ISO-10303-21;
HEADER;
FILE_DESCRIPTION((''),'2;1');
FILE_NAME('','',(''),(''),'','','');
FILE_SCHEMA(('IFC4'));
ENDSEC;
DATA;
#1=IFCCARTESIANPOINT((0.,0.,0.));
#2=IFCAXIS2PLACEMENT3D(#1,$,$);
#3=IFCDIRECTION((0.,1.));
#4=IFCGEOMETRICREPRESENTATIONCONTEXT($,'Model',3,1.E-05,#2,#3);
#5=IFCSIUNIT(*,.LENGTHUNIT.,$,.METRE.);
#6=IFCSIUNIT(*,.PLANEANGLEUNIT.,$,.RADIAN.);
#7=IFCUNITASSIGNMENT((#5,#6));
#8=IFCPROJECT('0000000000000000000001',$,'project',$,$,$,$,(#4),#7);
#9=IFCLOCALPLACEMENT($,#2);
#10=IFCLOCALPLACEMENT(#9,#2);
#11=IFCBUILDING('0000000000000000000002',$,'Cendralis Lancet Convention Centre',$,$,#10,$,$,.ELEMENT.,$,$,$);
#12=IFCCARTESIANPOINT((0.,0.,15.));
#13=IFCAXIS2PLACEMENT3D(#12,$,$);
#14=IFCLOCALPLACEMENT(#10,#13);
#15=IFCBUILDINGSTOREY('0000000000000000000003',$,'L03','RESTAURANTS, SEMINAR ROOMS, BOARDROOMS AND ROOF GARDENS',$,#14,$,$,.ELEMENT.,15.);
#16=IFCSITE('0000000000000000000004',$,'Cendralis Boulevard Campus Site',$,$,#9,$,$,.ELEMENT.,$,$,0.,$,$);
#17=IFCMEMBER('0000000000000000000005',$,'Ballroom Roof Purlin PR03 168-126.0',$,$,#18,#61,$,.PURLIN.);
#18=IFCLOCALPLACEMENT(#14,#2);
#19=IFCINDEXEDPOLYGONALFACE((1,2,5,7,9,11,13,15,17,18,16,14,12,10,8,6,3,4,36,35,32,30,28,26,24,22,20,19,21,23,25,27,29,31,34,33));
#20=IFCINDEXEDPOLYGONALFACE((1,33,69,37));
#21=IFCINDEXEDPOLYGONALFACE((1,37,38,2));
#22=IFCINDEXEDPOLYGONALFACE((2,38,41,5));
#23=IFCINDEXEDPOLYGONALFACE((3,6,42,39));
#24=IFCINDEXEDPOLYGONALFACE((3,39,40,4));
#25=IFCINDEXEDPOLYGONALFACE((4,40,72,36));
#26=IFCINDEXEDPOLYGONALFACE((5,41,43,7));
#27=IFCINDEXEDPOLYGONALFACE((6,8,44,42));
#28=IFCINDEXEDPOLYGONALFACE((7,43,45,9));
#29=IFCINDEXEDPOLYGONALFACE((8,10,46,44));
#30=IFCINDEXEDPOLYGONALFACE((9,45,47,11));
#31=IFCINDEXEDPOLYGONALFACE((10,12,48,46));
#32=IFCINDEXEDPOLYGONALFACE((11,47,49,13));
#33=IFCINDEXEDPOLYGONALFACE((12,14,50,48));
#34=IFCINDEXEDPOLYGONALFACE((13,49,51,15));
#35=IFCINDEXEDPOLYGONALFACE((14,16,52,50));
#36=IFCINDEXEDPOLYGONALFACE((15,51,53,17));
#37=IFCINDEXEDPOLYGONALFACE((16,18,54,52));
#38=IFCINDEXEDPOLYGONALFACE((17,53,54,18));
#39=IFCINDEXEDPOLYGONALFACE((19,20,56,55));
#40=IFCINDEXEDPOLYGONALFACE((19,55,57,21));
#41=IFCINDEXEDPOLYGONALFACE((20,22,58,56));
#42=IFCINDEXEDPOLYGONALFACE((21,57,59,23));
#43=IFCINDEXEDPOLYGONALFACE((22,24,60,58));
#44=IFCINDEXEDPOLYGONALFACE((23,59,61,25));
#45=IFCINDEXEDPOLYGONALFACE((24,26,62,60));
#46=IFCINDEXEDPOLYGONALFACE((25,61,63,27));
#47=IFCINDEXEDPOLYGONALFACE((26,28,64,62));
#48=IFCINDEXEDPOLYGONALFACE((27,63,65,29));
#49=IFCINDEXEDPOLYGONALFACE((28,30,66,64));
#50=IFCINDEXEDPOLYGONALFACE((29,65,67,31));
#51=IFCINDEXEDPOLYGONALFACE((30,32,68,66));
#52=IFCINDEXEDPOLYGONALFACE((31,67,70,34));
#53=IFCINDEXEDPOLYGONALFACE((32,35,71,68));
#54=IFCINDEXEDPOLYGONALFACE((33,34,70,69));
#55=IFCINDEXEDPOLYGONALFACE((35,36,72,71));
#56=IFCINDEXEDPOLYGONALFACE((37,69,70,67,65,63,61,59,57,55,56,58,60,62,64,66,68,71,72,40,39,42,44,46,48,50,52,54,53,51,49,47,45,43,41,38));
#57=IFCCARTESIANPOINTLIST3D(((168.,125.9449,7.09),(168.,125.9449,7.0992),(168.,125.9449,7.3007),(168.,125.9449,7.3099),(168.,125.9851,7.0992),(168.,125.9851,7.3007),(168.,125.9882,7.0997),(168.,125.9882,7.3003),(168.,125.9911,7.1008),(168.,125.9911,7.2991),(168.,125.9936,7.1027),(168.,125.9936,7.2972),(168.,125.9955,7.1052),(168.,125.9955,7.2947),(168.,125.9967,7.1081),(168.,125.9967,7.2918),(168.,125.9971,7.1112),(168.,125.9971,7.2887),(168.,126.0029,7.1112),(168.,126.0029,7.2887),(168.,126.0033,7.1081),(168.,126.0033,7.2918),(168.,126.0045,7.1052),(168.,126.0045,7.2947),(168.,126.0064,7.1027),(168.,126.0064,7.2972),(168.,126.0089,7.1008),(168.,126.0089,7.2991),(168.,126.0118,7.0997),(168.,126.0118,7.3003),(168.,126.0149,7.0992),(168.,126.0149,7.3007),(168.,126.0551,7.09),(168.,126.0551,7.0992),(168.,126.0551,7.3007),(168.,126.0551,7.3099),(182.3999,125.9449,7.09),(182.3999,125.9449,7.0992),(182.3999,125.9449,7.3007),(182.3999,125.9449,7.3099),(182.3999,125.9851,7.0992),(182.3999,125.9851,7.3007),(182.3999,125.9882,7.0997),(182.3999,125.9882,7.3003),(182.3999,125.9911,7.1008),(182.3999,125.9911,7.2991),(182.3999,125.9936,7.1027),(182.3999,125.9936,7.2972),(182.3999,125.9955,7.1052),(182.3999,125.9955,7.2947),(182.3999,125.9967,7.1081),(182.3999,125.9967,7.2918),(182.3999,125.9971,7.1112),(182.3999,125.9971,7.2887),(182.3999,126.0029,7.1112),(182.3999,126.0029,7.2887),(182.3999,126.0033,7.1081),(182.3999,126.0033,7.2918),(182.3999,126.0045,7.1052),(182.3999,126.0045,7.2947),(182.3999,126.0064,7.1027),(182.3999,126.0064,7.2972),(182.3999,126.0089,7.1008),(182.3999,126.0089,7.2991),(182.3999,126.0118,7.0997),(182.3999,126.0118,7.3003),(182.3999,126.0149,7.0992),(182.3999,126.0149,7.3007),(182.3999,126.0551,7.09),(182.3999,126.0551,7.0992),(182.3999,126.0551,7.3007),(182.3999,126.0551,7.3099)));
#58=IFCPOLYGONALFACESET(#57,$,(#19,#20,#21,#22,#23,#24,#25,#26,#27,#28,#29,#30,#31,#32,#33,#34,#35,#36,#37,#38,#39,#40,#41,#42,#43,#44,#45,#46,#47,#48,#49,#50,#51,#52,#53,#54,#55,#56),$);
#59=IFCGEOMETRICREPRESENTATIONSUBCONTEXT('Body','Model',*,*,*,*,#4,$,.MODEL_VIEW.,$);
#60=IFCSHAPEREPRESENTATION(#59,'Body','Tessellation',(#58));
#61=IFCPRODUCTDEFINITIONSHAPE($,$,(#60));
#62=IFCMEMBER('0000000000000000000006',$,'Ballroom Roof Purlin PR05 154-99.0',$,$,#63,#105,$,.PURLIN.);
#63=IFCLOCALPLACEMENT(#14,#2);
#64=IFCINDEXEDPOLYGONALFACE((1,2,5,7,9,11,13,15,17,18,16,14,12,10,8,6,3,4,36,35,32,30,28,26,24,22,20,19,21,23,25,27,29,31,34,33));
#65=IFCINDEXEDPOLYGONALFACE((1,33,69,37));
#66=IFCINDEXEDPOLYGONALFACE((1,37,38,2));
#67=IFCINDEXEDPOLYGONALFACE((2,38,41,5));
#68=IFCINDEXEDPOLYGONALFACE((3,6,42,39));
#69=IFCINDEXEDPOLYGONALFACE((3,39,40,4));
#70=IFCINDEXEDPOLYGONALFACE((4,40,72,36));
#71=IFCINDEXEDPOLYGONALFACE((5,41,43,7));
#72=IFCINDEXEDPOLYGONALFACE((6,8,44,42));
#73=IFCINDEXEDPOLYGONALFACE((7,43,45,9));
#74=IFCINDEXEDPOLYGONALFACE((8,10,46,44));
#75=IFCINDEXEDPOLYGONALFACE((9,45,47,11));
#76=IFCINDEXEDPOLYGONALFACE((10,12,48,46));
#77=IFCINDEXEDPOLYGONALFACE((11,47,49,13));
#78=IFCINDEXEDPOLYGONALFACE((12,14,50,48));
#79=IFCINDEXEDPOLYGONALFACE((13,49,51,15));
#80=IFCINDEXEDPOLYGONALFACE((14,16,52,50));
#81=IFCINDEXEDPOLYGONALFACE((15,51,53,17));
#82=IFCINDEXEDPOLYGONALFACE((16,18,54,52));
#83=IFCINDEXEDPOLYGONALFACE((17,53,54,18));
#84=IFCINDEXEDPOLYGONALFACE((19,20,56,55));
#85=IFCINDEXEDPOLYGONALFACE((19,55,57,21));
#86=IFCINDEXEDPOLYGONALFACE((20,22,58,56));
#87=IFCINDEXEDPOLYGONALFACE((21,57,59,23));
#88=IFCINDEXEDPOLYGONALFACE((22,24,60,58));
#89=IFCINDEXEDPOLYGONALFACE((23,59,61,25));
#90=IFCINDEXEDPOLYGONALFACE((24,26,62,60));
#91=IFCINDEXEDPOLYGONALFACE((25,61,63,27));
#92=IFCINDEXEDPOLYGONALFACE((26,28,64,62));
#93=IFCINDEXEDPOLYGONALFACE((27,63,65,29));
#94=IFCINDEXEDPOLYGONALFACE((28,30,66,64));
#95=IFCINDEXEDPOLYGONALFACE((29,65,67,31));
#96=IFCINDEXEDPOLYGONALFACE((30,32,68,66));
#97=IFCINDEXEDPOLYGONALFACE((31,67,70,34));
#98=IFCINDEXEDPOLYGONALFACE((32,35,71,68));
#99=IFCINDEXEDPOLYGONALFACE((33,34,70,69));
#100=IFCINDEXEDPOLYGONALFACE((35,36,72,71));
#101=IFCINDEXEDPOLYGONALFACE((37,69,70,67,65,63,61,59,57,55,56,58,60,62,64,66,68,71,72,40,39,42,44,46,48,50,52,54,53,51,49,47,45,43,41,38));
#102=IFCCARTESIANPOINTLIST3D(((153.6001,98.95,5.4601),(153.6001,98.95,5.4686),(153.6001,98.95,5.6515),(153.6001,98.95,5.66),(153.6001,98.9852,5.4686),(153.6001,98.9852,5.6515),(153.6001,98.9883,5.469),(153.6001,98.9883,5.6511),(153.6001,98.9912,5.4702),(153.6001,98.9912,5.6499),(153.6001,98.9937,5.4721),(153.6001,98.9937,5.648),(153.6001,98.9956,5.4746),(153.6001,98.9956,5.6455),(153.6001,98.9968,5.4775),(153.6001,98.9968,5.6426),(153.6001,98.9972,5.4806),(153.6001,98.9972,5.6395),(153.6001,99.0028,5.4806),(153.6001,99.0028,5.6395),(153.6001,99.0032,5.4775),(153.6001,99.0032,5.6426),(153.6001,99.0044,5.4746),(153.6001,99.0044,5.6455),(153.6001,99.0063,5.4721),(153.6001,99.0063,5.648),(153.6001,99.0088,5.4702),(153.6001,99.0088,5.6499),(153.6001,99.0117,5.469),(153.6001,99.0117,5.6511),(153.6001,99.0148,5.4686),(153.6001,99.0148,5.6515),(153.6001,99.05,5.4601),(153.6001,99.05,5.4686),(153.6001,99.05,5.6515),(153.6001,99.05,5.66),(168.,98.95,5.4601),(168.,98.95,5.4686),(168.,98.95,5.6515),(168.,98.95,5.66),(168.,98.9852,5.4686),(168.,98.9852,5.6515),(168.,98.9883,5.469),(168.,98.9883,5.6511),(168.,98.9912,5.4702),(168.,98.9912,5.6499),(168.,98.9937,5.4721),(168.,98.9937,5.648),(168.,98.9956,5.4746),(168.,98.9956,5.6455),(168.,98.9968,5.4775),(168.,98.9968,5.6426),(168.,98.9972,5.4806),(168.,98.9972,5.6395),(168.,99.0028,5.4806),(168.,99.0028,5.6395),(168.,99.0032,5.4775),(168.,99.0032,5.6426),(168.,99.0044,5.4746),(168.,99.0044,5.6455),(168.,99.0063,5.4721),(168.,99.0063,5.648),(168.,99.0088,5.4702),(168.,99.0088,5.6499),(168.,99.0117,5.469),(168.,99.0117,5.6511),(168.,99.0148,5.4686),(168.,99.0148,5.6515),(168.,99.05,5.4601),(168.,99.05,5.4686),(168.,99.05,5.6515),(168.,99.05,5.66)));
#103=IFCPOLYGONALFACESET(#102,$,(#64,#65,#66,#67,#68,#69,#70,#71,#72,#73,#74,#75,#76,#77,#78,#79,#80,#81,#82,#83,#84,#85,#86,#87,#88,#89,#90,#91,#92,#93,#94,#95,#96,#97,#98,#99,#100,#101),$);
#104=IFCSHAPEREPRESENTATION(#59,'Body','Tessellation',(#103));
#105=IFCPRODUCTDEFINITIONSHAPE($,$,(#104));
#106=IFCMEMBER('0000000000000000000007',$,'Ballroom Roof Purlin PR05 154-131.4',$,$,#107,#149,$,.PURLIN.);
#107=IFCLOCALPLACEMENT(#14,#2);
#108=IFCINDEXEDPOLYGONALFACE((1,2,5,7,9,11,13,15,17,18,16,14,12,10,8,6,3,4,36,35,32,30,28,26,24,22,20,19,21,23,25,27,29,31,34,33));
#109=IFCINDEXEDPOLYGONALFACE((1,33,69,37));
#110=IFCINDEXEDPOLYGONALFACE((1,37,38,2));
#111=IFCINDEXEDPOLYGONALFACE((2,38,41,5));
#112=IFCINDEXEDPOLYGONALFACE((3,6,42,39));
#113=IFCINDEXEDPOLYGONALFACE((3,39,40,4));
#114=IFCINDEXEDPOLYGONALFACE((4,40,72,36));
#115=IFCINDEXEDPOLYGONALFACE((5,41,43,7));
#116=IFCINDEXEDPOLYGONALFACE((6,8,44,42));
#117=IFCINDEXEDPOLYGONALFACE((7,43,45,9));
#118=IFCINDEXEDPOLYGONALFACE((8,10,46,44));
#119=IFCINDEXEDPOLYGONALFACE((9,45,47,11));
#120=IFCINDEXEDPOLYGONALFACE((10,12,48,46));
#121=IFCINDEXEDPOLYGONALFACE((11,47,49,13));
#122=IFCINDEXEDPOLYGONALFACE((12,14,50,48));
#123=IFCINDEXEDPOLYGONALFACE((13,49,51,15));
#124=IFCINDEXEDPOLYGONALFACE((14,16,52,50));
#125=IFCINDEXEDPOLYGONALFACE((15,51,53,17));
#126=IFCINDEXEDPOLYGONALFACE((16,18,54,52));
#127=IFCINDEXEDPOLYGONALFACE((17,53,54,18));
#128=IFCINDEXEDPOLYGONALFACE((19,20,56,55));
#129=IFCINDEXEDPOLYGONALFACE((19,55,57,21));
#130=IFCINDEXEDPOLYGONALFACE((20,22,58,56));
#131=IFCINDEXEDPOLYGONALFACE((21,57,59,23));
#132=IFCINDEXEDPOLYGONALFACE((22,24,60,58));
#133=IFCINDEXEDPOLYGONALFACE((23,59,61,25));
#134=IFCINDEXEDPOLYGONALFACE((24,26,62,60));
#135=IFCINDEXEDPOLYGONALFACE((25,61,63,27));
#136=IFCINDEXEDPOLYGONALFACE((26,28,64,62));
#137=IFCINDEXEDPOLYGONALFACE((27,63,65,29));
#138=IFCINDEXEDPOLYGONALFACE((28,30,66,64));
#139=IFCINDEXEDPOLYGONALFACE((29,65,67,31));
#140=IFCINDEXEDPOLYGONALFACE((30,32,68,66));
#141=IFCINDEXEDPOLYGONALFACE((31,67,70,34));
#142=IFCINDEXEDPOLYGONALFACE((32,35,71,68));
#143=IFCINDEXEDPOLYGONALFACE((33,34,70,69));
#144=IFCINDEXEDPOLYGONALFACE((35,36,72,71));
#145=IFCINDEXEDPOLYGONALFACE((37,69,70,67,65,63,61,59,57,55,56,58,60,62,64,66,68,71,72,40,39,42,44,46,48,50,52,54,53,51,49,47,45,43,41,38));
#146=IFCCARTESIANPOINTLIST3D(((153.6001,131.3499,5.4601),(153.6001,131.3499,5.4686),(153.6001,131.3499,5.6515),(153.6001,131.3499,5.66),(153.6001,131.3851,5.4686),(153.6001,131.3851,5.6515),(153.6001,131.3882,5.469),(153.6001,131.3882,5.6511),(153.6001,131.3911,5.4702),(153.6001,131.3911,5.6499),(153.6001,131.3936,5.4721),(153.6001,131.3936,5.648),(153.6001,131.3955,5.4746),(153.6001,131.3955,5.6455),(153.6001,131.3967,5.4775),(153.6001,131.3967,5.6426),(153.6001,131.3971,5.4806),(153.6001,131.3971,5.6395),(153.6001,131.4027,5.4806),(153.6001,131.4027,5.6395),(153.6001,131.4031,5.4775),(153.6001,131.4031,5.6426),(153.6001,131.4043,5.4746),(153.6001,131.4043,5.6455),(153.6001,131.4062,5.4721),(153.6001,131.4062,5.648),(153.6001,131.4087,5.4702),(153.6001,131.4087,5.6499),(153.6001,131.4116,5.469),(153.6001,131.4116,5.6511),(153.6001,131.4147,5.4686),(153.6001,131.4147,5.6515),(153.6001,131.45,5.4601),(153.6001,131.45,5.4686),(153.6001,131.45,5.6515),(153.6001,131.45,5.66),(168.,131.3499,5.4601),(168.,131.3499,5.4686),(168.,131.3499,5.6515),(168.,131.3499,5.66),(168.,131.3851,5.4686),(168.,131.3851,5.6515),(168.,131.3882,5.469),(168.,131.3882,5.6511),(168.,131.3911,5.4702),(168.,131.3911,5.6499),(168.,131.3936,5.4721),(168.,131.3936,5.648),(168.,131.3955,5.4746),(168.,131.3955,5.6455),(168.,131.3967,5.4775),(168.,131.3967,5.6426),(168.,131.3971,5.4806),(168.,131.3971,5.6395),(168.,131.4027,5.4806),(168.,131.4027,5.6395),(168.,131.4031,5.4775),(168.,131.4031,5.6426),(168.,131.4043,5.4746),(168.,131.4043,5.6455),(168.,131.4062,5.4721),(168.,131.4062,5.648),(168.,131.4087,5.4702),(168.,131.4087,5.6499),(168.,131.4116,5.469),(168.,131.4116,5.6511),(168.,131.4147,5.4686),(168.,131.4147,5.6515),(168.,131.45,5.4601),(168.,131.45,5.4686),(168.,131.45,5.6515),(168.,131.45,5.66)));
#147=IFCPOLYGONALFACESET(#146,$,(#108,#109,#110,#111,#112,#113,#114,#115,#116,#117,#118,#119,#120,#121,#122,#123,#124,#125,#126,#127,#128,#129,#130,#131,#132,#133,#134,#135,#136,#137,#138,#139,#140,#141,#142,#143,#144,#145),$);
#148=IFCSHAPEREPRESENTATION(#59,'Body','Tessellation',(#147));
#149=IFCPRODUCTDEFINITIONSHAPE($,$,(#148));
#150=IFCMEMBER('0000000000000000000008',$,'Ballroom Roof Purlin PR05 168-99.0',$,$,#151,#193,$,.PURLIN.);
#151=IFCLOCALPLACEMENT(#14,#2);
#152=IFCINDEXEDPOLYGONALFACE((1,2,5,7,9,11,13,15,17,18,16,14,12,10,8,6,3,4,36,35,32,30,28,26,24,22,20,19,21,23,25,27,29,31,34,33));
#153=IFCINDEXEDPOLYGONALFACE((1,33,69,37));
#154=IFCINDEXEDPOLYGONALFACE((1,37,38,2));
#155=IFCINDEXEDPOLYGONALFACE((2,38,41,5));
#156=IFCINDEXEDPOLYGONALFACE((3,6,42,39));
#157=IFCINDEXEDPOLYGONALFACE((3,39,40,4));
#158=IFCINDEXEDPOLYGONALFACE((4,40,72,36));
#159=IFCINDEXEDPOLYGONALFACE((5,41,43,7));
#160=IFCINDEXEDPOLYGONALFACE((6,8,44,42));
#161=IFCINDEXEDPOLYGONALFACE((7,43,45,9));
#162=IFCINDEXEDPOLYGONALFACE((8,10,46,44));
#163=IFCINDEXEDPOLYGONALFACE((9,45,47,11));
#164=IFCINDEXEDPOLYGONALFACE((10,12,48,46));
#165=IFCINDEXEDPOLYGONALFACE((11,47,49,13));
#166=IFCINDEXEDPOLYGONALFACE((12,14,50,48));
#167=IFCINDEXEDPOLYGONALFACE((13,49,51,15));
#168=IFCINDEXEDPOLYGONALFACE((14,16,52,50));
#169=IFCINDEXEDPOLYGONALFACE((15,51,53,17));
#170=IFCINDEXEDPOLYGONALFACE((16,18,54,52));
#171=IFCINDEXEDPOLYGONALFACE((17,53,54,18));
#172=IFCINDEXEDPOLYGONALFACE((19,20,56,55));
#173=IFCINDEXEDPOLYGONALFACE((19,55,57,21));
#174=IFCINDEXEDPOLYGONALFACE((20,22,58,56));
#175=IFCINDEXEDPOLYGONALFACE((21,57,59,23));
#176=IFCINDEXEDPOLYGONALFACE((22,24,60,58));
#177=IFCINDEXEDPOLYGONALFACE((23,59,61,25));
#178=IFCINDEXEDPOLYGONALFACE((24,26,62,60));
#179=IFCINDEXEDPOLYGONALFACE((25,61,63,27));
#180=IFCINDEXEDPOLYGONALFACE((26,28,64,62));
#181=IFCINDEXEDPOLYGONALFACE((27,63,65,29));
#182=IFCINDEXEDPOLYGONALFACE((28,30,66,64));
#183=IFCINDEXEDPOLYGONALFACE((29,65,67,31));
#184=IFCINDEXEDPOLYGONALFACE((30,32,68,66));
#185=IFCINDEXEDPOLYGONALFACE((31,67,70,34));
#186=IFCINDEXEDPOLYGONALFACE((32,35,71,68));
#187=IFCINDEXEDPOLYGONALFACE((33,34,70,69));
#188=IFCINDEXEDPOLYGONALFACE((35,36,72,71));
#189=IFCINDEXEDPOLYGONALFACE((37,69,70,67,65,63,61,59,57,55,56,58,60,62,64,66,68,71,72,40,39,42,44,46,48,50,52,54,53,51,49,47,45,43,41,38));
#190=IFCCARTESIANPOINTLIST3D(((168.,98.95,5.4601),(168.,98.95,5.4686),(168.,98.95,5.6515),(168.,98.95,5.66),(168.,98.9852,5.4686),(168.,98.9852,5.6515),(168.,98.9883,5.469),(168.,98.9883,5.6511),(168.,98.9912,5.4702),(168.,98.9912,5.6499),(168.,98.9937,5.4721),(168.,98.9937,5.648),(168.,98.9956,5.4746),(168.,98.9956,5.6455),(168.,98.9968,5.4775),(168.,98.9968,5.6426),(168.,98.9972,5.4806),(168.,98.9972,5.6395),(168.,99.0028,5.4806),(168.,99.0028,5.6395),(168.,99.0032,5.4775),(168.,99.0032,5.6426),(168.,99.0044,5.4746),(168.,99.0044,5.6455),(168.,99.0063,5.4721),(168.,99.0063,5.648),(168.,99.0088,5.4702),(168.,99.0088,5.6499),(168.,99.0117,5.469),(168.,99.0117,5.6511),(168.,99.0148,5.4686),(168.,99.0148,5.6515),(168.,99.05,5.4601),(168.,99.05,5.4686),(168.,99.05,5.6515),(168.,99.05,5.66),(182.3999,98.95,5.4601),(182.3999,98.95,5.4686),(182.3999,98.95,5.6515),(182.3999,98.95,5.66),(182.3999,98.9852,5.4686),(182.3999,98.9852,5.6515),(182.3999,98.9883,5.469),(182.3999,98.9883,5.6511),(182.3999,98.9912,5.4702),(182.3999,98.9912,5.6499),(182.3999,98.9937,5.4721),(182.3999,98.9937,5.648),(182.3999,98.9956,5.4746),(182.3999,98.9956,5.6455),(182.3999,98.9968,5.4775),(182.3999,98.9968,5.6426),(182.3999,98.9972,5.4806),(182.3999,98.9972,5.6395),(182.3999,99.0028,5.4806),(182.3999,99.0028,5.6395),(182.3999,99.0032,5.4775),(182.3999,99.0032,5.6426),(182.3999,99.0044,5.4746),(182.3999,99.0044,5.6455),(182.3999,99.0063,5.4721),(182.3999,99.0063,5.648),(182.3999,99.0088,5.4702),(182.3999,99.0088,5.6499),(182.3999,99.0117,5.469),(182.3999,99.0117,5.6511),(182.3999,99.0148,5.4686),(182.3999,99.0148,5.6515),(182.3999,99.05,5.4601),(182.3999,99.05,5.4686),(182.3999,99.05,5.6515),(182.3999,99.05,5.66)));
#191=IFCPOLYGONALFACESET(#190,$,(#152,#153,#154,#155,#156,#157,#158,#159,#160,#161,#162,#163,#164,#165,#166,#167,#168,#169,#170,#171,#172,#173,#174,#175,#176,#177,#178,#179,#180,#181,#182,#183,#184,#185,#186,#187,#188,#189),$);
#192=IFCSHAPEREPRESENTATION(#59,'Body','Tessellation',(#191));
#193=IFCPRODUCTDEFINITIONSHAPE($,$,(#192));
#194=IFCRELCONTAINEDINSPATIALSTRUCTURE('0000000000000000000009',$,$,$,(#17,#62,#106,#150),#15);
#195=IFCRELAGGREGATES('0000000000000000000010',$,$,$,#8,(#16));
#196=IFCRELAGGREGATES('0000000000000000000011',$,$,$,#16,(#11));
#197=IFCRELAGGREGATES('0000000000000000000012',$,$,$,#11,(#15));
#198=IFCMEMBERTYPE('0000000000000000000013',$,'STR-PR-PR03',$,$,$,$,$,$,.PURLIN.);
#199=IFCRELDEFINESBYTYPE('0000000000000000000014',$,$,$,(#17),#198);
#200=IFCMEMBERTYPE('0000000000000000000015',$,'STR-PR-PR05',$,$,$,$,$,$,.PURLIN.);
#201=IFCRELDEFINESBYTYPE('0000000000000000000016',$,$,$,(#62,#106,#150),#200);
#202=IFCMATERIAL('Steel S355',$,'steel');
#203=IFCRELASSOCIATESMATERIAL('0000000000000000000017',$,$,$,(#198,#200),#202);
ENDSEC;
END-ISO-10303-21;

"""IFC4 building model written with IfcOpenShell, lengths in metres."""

from ifc_helpers import new_model, si_unit, direction, frame, origin, origin_2d, place, context, subcontext, project, spatial, i_section, extrude, material, material_profile, profile_set, type_object, element, save


model = new_model("IFC4")

# Units and contexts
model_context = context("Model", 3, precision=1e-05, world=origin(), true_north=direction((0.0, 1.0)))
body_context = subcontext(model_context, "Body", "Model", "MODEL_VIEW")
ifc_project = project(units=[si_unit("LENGTHUNIT", "METRE"), si_unit("PLANEANGLEUNIT", "RADIAN")], contexts=[model_context])

# Site, building, storey
site_placement = place(None, origin())
site = spatial("IfcSite", under=ifc_project, at=site_placement, Name="Cendralis Boulevard Campus Site", CompositionType="ELEMENT", RefElevation=0.0)
building_placement = place(site_placement, origin())
building = spatial("IfcBuilding", under=site, at=building_placement, Name="Cendralis Lancet Convention Centre", CompositionType="ELEMENT")
storey_placement = place(building_placement, frame((0.0, 0.0, 15.0)))
storey = spatial("IfcBuildingStorey", under=building, at=storey_placement, Name="L03", Description="RESTAURANTS, SEMINAR ROOMS, BOARDROOMS AND ROOF GARDENS", CompositionType="ELEMENT", Elevation=15.0)

# Shared definitions
ifc_material_1 = material(Name="Steel S355", Category="steel")

# Members
ifc_material_profile_1 = material_profile(ifc_material_1, i_section(OverallWidth=0.1101, OverallDepth=0.22, WebThickness=0.0059, FlangeThickness=0.0093, FilletRadius=0.012, at=origin_2d()), Name="IPE 220")
ifc_profile_set_1 = profile_set([ifc_material_profile_1], Name="Steel S355")
member_type_1 = type_object("IfcMemberType", Name="STR-PR-PR03", PredefinedType="PURLIN", material=ifc_profile_set_1)
for number, where, z_axis, x_axis, name in (
    (1, (168.0, 126.0, 7.2), (1.0, 0.0, 0.0), (0.0, 1.0, 0.0), "Ballroom Roof Purlin PR03 168-126.0"),
):
    element("IfcMember", number, at=place(storey_placement, frame(where, z_axis=z_axis, x_axis=x_axis)), inside=storey, type_object=member_type_1, Name=name, PredefinedType="PURLIN", context=body_context, shape_type="SweptSolid", body=[
        extrude(i_section(OverallWidth=0.1101, OverallDepth=0.22, WebThickness=0.0059, FlangeThickness=0.0093, FilletRadius=0.012, at=origin_2d()), origin(), (0.0, 0.0, 1.0), 14.3999),
    ])
ifc_material_profile_2 = material_profile(ifc_material_1, i_section(OverallWidth=0.1001, OverallDepth=0.2, WebThickness=0.0056, FlangeThickness=0.0085, FilletRadius=0.012, at=origin_2d()), Name="IPE 200")
ifc_profile_set_2 = profile_set([ifc_material_profile_2], Name="Steel S355")
member_type_2 = type_object("IfcMemberType", Name="STR-PR-PR05", PredefinedType="PURLIN", material=ifc_profile_set_2)
for number, where, z_axis, x_axis, name in (
    (2, (153.6001, 99.0, 5.5601), (1.0, 0.0, 0.0), (0.0, 1.0, 0.0), "Ballroom Roof Purlin PR05 154-99.0"),
    (3, (153.6001, 131.3999, 5.5601), (1.0, 0.0, 0.0), (0.0, 1.0, 0.0), "Ballroom Roof Purlin PR05 154-131.4"),
    (4, (168.0, 99.0, 5.5601), (1.0, 0.0, 0.0), (0.0, 1.0, 0.0), "Ballroom Roof Purlin PR05 168-99.0"),
):
    element("IfcMember", number, at=place(storey_placement, frame(where, z_axis=z_axis, x_axis=x_axis)), inside=storey, type_object=member_type_2, Name=name, PredefinedType="PURLIN", context=body_context, shape_type="SweptSolid", body=[
        extrude(i_section(OverallWidth=0.1001, OverallDepth=0.2, WebThickness=0.0056, FlangeThickness=0.0085, FilletRadius=0.012, at=origin_2d()), origin(), (0.0, 0.0, 1.0), 14.3999),
    ])

save(model, "model.ifc")
